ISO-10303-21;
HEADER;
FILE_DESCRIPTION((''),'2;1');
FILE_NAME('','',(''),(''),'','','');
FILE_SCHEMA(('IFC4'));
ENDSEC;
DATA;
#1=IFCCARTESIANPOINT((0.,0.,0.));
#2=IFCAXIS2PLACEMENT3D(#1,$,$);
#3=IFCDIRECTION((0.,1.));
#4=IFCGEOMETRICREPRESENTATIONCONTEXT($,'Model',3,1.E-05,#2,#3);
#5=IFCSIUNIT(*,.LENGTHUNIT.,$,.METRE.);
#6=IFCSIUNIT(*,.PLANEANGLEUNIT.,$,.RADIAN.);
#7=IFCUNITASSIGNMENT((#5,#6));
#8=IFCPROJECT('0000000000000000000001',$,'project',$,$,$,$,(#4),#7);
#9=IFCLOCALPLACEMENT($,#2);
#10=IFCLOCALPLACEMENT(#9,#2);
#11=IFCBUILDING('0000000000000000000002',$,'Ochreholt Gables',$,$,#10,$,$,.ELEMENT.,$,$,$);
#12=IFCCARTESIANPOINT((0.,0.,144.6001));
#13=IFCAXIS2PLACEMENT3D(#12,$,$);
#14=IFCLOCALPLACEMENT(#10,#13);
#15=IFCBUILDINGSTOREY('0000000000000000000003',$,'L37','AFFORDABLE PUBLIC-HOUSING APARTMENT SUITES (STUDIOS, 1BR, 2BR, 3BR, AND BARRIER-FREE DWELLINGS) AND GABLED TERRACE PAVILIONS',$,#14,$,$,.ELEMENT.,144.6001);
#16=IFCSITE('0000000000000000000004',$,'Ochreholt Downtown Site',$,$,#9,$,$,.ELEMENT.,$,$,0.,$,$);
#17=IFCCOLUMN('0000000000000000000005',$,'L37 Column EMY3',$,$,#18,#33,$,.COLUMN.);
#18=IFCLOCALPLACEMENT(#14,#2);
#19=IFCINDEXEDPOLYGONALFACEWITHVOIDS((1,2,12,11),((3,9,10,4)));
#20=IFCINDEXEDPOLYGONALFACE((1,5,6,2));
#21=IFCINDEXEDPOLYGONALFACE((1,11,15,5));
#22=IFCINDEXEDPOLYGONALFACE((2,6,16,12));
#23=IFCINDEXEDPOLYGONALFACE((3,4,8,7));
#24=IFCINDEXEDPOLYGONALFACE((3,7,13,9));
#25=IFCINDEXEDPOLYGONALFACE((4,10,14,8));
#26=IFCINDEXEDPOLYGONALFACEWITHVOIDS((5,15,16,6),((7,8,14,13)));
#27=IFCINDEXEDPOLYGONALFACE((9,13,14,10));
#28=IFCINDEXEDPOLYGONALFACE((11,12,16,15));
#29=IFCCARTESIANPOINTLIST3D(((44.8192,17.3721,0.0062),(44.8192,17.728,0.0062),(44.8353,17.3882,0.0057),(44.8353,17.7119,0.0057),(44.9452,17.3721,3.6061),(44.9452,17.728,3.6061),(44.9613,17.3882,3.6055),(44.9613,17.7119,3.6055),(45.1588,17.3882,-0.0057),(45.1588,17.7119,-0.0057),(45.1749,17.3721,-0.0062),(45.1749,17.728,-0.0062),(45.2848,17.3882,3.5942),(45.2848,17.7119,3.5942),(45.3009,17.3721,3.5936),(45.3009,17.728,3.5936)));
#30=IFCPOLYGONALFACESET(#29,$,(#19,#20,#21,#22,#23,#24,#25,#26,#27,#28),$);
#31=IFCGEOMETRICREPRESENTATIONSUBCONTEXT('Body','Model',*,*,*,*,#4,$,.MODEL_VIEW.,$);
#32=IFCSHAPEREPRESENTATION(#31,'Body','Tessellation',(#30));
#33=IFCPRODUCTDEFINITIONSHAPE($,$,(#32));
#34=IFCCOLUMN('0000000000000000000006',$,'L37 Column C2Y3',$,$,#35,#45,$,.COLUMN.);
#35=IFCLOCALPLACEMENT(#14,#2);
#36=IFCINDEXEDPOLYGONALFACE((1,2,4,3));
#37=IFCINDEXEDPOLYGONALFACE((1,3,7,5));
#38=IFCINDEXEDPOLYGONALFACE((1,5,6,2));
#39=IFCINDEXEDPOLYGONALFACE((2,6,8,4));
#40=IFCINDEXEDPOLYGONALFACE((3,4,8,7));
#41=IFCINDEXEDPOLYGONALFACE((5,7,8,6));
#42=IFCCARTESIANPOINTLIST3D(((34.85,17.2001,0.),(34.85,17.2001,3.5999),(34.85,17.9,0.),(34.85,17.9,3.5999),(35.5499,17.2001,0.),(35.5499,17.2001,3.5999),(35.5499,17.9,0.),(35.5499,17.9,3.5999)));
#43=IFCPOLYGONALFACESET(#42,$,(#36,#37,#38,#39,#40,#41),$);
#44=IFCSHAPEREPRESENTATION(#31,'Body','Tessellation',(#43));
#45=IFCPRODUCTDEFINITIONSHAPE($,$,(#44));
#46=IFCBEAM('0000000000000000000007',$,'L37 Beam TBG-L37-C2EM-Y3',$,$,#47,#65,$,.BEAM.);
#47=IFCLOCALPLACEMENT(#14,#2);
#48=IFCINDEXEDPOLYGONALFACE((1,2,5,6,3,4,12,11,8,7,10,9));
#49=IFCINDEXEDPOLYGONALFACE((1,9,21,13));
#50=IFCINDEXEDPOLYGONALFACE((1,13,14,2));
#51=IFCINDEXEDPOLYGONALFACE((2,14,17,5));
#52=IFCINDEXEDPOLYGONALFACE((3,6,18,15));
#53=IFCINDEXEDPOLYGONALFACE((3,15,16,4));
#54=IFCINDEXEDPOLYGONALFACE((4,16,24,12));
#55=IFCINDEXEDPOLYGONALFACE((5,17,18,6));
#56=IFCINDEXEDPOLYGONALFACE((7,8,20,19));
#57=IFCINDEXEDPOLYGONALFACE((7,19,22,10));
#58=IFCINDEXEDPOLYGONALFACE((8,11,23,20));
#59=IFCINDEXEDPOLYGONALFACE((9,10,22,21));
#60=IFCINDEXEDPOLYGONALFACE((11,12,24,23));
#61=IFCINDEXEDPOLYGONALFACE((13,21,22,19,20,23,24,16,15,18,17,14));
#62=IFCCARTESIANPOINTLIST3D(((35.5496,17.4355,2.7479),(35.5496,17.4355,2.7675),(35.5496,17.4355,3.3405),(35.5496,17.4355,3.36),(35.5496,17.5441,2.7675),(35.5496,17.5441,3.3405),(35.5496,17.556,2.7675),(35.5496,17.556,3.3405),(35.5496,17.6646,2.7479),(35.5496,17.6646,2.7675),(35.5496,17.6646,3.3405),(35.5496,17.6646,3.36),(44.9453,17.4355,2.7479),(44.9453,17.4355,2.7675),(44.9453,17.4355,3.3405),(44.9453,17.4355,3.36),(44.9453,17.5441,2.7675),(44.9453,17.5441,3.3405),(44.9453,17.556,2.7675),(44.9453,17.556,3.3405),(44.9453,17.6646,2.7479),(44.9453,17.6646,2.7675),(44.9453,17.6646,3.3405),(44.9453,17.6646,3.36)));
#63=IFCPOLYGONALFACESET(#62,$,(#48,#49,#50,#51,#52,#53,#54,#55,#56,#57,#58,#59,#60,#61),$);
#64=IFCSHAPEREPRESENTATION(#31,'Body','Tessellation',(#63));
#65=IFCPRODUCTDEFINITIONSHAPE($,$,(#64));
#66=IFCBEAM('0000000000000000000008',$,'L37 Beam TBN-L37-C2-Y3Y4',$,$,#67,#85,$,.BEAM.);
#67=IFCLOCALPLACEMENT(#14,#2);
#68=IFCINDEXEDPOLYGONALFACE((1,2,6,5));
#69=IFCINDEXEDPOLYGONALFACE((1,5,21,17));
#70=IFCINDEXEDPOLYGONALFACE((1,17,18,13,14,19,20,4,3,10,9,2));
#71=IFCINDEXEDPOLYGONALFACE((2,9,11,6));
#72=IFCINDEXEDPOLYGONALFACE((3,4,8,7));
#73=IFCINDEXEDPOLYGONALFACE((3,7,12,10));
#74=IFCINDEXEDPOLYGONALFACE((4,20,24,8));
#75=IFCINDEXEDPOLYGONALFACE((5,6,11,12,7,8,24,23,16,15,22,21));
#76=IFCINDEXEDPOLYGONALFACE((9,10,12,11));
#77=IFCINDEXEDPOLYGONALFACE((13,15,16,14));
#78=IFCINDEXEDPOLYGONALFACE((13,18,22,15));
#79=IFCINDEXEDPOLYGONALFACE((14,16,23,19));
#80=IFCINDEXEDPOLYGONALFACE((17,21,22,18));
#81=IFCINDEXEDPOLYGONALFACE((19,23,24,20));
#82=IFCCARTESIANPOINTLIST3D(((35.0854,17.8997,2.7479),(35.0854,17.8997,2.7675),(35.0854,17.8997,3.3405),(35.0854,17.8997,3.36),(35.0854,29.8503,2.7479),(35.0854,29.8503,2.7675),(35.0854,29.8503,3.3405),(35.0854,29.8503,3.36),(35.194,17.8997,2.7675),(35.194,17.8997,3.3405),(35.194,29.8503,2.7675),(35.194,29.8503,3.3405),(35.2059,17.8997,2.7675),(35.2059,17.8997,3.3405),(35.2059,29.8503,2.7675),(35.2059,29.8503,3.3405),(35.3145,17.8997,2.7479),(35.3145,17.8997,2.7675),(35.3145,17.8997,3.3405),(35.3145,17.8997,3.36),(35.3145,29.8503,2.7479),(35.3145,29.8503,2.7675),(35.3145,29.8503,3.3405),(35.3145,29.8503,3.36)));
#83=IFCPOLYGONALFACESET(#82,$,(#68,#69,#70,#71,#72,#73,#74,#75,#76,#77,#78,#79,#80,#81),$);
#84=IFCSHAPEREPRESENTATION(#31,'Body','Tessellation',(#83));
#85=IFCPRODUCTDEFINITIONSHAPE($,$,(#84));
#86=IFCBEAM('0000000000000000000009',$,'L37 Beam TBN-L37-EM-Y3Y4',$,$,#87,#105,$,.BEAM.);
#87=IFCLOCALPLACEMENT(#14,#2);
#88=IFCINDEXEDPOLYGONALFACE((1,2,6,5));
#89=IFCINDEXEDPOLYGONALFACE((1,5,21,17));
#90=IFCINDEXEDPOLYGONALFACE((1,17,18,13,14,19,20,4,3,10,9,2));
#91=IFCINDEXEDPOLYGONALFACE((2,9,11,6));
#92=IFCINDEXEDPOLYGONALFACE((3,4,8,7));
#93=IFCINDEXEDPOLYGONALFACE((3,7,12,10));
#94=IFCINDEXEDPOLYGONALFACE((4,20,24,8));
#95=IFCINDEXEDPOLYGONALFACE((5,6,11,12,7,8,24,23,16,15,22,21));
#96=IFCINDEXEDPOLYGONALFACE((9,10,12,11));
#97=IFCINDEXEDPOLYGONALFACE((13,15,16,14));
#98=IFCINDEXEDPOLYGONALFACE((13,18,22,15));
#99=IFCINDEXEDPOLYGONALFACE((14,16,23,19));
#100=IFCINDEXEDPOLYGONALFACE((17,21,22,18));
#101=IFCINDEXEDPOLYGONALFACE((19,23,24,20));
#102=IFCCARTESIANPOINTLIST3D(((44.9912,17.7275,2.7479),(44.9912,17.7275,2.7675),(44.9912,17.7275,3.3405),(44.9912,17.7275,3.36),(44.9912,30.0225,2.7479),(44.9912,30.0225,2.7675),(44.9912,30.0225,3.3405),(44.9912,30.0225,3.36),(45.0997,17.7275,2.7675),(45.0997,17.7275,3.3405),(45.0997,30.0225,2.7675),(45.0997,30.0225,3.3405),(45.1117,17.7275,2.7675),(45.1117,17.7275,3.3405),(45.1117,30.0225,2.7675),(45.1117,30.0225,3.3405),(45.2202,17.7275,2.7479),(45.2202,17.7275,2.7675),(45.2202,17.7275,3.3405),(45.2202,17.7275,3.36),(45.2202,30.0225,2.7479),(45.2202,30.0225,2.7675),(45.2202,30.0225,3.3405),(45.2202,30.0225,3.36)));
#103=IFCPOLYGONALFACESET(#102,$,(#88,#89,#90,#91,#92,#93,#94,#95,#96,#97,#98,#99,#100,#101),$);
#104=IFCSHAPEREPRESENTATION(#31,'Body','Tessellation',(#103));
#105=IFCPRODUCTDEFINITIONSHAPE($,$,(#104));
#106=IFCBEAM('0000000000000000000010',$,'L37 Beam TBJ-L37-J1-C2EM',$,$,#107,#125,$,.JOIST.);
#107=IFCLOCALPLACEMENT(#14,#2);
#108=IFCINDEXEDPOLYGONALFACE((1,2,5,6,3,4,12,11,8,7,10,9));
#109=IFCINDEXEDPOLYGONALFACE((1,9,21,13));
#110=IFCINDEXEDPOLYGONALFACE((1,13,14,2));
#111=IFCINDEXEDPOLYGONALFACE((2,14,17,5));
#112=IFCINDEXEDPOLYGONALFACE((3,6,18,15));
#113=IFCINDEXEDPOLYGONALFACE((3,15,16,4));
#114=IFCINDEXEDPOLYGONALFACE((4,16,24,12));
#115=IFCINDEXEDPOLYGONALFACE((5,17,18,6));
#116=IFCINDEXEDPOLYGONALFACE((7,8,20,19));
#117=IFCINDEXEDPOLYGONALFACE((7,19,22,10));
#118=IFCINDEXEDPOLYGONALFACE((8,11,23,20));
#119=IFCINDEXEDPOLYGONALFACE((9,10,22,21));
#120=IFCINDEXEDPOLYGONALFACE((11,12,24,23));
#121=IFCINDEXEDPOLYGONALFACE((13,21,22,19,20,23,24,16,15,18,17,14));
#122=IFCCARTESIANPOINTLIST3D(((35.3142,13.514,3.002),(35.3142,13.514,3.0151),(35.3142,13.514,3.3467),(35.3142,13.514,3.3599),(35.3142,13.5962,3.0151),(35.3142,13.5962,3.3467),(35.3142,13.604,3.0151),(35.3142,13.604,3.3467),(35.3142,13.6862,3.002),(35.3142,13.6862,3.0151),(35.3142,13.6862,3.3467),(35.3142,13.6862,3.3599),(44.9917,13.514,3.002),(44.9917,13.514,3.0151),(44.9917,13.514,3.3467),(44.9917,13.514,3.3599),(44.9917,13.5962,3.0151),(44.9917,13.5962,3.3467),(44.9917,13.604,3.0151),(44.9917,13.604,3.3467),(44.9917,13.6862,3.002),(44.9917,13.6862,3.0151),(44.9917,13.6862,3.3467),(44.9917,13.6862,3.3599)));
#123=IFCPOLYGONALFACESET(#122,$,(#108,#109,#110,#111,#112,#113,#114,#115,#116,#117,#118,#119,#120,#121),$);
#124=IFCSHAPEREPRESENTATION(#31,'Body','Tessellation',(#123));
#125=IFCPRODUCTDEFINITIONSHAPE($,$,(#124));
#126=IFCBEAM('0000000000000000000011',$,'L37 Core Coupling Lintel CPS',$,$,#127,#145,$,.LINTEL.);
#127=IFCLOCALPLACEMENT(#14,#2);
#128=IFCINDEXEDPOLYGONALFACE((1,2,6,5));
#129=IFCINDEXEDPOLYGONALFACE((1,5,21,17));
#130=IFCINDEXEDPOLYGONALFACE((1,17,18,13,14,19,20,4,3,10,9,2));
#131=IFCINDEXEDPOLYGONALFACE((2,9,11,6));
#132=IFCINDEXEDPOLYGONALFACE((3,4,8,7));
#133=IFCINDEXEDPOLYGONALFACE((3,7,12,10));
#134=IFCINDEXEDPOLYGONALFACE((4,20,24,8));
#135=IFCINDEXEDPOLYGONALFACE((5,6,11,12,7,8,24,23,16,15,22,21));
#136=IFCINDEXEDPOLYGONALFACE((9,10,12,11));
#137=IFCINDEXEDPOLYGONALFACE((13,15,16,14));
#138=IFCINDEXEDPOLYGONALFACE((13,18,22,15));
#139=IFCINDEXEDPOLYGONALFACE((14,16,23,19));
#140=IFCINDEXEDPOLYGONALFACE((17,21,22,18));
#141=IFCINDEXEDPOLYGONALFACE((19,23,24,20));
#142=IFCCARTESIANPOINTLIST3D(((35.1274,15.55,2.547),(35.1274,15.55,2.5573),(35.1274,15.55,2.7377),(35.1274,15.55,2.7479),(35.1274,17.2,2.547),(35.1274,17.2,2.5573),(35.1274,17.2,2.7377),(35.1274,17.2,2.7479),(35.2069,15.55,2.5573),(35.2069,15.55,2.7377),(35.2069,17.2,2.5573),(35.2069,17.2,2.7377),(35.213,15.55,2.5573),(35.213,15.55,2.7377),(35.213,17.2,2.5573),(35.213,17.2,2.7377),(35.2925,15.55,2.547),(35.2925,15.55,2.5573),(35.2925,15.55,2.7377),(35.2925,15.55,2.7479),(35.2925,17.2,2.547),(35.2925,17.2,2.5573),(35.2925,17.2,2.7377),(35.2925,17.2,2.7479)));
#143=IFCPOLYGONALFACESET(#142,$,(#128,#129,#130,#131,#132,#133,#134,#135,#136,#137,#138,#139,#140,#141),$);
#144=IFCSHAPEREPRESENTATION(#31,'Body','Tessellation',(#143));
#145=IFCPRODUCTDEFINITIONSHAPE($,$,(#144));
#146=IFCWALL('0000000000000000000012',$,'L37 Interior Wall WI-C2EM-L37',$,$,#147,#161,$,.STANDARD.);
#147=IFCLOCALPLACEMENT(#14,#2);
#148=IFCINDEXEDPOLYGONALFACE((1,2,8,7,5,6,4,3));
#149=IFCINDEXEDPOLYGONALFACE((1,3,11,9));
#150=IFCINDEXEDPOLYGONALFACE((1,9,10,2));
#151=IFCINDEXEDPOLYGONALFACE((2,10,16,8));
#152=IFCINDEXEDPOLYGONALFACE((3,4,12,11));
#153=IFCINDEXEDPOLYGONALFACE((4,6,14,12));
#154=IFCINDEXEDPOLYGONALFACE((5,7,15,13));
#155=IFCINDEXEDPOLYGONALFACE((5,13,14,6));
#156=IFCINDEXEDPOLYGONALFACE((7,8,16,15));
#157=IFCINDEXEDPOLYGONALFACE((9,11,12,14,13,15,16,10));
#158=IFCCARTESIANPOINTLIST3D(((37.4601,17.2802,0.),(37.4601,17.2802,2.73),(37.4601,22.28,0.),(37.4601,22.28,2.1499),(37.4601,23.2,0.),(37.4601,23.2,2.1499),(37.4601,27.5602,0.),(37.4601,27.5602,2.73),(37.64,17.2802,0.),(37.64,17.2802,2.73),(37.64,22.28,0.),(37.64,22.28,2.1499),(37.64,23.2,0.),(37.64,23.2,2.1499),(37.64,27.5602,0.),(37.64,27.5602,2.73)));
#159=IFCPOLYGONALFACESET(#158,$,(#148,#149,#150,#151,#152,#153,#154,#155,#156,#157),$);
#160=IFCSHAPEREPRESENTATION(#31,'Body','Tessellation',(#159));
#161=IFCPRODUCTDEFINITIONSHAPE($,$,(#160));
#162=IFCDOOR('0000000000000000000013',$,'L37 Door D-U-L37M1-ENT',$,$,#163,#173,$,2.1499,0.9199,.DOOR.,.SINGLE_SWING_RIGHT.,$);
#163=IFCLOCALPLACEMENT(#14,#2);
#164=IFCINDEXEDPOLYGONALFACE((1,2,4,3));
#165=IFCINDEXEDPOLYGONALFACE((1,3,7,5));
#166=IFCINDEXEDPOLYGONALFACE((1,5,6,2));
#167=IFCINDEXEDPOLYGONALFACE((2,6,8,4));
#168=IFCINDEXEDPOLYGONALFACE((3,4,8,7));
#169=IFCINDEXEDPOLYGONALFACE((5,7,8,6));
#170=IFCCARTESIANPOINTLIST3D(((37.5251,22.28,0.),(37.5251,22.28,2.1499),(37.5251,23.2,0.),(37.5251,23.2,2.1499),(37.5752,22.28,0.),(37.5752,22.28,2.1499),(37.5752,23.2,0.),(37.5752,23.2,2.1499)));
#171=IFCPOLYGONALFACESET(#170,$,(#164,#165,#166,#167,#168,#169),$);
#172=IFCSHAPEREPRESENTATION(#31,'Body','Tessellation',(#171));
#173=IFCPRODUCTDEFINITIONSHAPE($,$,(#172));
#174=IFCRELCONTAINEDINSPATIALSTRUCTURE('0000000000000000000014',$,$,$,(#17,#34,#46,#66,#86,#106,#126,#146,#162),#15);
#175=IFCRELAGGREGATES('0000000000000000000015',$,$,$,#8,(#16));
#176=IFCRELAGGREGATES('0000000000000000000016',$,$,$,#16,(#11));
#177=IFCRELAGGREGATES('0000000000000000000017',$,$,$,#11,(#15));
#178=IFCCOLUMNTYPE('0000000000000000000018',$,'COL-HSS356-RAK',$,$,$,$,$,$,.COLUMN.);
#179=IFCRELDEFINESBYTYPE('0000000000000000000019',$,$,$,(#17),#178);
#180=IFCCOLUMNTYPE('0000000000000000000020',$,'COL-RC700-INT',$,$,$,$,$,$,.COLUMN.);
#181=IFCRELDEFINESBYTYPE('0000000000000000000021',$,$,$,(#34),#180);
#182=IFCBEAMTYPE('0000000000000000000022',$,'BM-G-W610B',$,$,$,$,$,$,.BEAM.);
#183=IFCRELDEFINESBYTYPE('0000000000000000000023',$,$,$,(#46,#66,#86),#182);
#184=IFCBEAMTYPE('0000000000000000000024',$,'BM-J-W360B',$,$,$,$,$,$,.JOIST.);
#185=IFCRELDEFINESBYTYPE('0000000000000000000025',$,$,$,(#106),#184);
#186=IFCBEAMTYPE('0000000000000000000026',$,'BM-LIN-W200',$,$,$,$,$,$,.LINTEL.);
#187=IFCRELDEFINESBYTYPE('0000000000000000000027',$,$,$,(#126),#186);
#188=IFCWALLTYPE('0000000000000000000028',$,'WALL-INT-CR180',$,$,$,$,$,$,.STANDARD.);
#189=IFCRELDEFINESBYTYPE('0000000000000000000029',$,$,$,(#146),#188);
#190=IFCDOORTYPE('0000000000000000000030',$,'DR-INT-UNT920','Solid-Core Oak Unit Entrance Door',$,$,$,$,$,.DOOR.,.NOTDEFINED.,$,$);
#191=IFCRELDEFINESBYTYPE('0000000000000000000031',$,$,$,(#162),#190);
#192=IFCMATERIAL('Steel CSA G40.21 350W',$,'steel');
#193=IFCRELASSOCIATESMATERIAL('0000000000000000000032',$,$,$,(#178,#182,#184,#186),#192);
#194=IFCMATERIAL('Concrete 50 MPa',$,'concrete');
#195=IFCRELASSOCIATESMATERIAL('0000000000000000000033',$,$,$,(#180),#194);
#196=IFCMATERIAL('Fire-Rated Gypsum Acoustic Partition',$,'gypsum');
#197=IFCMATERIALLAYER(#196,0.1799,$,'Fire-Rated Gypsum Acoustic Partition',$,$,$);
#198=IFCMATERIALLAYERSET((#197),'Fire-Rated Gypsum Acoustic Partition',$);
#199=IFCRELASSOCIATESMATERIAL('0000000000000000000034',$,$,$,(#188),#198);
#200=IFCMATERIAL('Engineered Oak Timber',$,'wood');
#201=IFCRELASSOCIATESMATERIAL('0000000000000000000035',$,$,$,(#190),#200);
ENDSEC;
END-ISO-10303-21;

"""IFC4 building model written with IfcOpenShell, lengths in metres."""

from ifc_helpers import new_model, si_unit, direction, frame, frame_2d, origin, origin_2d, place, context, subcontext, project, spatial, rectangle, hollow_rectangle, i_section, extrude, material, layer, layer_set, material_profile, profile_set, type_object, element, fill, save


model = new_model("IFC4")

# Units and contexts
model_context = context("Model", 3, precision=1e-05, world=origin(), true_north=direction((0.0, 1.0)))
body_context = subcontext(model_context, "Body", "Model", "MODEL_VIEW")
ifc_project = project(units=[si_unit("LENGTHUNIT", "METRE"), si_unit("PLANEANGLEUNIT", "RADIAN")], contexts=[model_context])

# Site, building, storey
site_placement = place(None, origin())
site = spatial("IfcSite", under=ifc_project, at=site_placement, Name="Ochreholt Downtown Site", CompositionType="ELEMENT", RefElevation=0.0)
building_placement = place(site_placement, origin())
building = spatial("IfcBuilding", under=site, at=building_placement, Name="Ochreholt Gables", CompositionType="ELEMENT")
storey_placement = place(building_placement, frame((0.0, 0.0, 144.6001)))
storey = spatial("IfcBuildingStorey", under=building, at=storey_placement, Name="L37", Description="AFFORDABLE PUBLIC-HOUSING APARTMENT SUITES (STUDIOS, 1BR, 2BR, 3BR, AND BARRIER-FREE DWELLINGS) AND GABLED TERRACE PAVILIONS", CompositionType="ELEMENT", Elevation=144.6001)

# Columns
ifc_material_1 = material(Name="Steel CSA G40.21 350W", Category="steel")
ifc_material_profile_1 = material_profile(ifc_material_1, hollow_rectangle(XDim=0.356, YDim=0.356, WallThickness=0.0161, at=origin_2d()), Name="HSS356X356X16")
ifc_profile_set_1 = profile_set([ifc_material_profile_1], Name="Steel CSA G40.21 350W")
column_type_1 = type_object("IfcColumnType", Name="COL-HSS356-RAK", PredefinedType="COLUMN", material=ifc_profile_set_1)
column_1_placement = place(storey_placement, frame((44.9971, 17.55, 0.0), z_axis=(0.034974, 0.0, 0.999388), x_axis=(0.0, 1.0, 0.0)))
element("IfcColumn", 1, at=column_1_placement, inside=storey, type_object=column_type_1, Name="L37 Column EMY3", PredefinedType="COLUMN", context=body_context, shape_type="SweptSolid", body=[
    extrude(hollow_rectangle(XDim=0.356, YDim=0.356, WallThickness=0.0161, at=origin_2d()), origin(), (0.0, 0.0, 1.0), 3.6021),
])
ifc_material_2 = material(Name="Concrete 50 MPa", Category="concrete")
ifc_material_profile_2 = material_profile(ifc_material_2, rectangle(XDim=0.7, YDim=0.7, at=origin_2d()), Name="RC700X700")
ifc_profile_set_2 = profile_set([ifc_material_profile_2], Name="Concrete 50 MPa")
column_type_2 = type_object("IfcColumnType", Name="COL-RC700-INT", PredefinedType="COLUMN", material=ifc_profile_set_2)
column_2_placement = place(storey_placement, frame((35.2, 17.55, 0.0), z_axis=(0.0, 0.0, 1.0), x_axis=(1.0, 0.0, 0.0)))
element("IfcColumn", 2, at=column_2_placement, inside=storey, type_object=column_type_2, Name="L37 Column C2Y3", PredefinedType="COLUMN", context=body_context, shape_type="SweptSolid", body=[
    extrude(rectangle(XDim=0.7, YDim=0.7, at=origin_2d()), origin(), (0.0, 0.0, 1.0), 3.5999),
])

# Beams
ifc_material_profile_3 = material_profile(ifc_material_1, i_section(OverallWidth=0.229, OverallDepth=0.6121, WebThickness=0.012, FlangeThickness=0.0195, at=origin_2d()), Name="W610X125")
ifc_profile_set_3 = profile_set([ifc_material_profile_3], Name="Steel CSA G40.21 350W")
beam_type_1 = type_object("IfcBeamType", Name="BM-G-W610B", PredefinedType="BEAM", material=ifc_profile_set_3)
beam_1_placement = place(storey_placement, frame((35.5496, 17.55, 3.054), z_axis=(1.0, 0.0, 0.0), x_axis=(0.0, 1.0, 0.0)))
element("IfcBeam", 3, at=beam_1_placement, inside=storey, type_object=beam_type_1, Name="L37 Beam TBG-L37-C2EM-Y3", PredefinedType="BEAM", context=body_context, shape_type="SweptSolid", body=[
    extrude(i_section(OverallWidth=0.229, OverallDepth=0.6121, WebThickness=0.012, FlangeThickness=0.0195, at=origin_2d()), origin(), (0.0, 0.0, 1.0), 9.3958),
])
beam_2_placement = place(storey_placement, frame((35.2, 17.8997, 3.054), z_axis=(0.0, 1.0, 0.0), x_axis=(-1.0, 0.0, 0.0)))
element("IfcBeam", 4, at=beam_2_placement, inside=storey, type_object=beam_type_1, Name="L37 Beam TBN-L37-C2-Y3Y4", PredefinedType="BEAM", context=body_context, shape_type="SweptSolid", body=[
    extrude(i_section(OverallWidth=0.229, OverallDepth=0.6121, WebThickness=0.012, FlangeThickness=0.0195, at=origin_2d()), origin(), (0.0, 0.0, 1.0), 11.9507),
])
beam_3_placement = place(storey_placement, frame((45.1057, 17.7275, 3.054), z_axis=(0.0, 1.0, 0.0), x_axis=(-1.0, 0.0, 0.0)))
element("IfcBeam", 5, at=beam_3_placement, inside=storey, type_object=beam_type_1, Name="L37 Beam TBN-L37-EM-Y3Y4", PredefinedType="BEAM", context=body_context, shape_type="SweptSolid", body=[
    extrude(i_section(OverallWidth=0.229, OverallDepth=0.6121, WebThickness=0.012, FlangeThickness=0.0195, at=origin_2d()), origin(), (0.0, 0.0, 1.0), 12.2949),
])
ifc_material_profile_4 = material_profile(ifc_material_1, i_section(OverallWidth=0.1721, OverallDepth=0.3579, WebThickness=0.0078, FlangeThickness=0.0132, at=origin_2d()), Name="W360X57")
ifc_profile_set_4 = profile_set([ifc_material_profile_4], Name="Steel CSA G40.21 350W")
beam_type_2 = type_object("IfcBeamType", Name="BM-J-W360B", PredefinedType="JOIST", material=ifc_profile_set_4)
beam_4_placement = place(storey_placement, frame((35.3142, 13.6001, 3.1809), z_axis=(1.0, 0.0, 0.0), x_axis=(0.0, 1.0, 0.0)))
element("IfcBeam", 6, at=beam_4_placement, inside=storey, type_object=beam_type_2, Name="L37 Beam TBJ-L37-J1-C2EM", PredefinedType="JOIST", context=body_context, shape_type="SweptSolid", body=[
    extrude(i_section(OverallWidth=0.1721, OverallDepth=0.3579, WebThickness=0.0078, FlangeThickness=0.0132, at=origin_2d()), origin(), (0.0, 0.0, 1.0), 9.6775),
])
ifc_material_profile_5 = material_profile(ifc_material_1, i_section(OverallWidth=0.165, OverallDepth=0.2009, WebThickness=0.0061, FlangeThickness=0.0103, at=origin_2d()), Name="W200X36")
ifc_profile_set_5 = profile_set([ifc_material_profile_5], Name="Steel CSA G40.21 350W")
beam_type_3 = type_object("IfcBeamType", Name="BM-LIN-W200", PredefinedType="LINTEL", material=ifc_profile_set_5)
beam_5_placement = place(storey_placement, frame((35.21, 15.55, 2.6475), z_axis=(0.0, 1.0, 0.0), x_axis=(-1.0, 0.0, 0.0)))
element("IfcBeam", 7, at=beam_5_placement, inside=storey, type_object=beam_type_3, Name="L37 Core Coupling Lintel CPS", PredefinedType="LINTEL", context=body_context, shape_type="SweptSolid", body=[
    extrude(i_section(OverallWidth=0.165, OverallDepth=0.2009, WebThickness=0.0061, FlangeThickness=0.0103, at=origin_2d()), origin(), (0.0, 0.0, 1.0), 1.6499),
])

# Wall, opening, door
ifc_material_3 = material(Name="Fire-Rated Gypsum Acoustic Partition", Category="gypsum")
ifc_layer_1 = layer(ifc_material_3, 0.1799, Name="Fire-Rated Gypsum Acoustic Partition")
ifc_layer_set_1 = layer_set([ifc_layer_1], Name="Fire-Rated Gypsum Acoustic Partition")
wall_type_1 = type_object("IfcWallType", Name="WALL-INT-CR180", PredefinedType="STANDARD", material=ifc_layer_set_1)
wall_1_placement = place(storey_placement, frame((37.55, 17.28, 0.0), z_axis=(0.0, 0.0, 1.0), x_axis=(0.0, 1.0, 0.0)))
wall_1 = element("IfcWall", 8, at=wall_1_placement, inside=storey, type_object=wall_type_1, Name="L37 Interior Wall WI-C2EM-L37", PredefinedType="STANDARD", context=body_context, shape_type="SweptSolid", body=[
    extrude(rectangle(XDim=10.28, YDim=0.1799, at=frame_2d((5.1401, 0.0))), origin(), (0.0, 0.0, 1.0), 2.73),
])
opening_1_placement = place(wall_1_placement, frame((5.0, 0.0, 0.0)))
opening_1 = element("IfcOpeningElement", 9, at=opening_1_placement, cuts=wall_1, PredefinedType="OPENING", context=body_context, shape_type="SweptSolid", body=[
    extrude(rectangle(XDim=0.9199, YDim=2.1499, at=frame_2d((0.46, 1.075))), frame((0.0, 0.0999, 0.0), z_axis=(0.0, -1.0, 0.0), x_axis=(1.0, 0.0, 0.0)), (0.0, 0.0, 1.0), 0.2),
])
ifc_material_4 = material(Name="Engineered Oak Timber", Category="wood")
door_type_1 = type_object("IfcDoorType", Name="DR-INT-UNT920", Description="Solid-Core Oak Unit Entrance Door", OperationType="NOTDEFINED", PredefinedType="DOOR", material=ifc_material_4)
door_1_placement = place(opening_1_placement, origin())
door_1 = element("IfcDoor", 10, at=door_1_placement, inside=storey, type_object=door_type_1, Name="L37 Door D-U-L37M1-ENT", OperationType="SINGLE_SWING_RIGHT", OverallHeight=2.1499, OverallWidth=0.9199, PredefinedType="DOOR", context=body_context, shape_type="SweptSolid", body=[
    extrude(rectangle(XDim=0.9199, YDim=2.1499, at=frame_2d((0.46, 1.075))), frame((0.0, 0.0249, 0.0), z_axis=(0.0, -1.0, 0.0), x_axis=(1.0, 0.0, 0.0)), (0.0, 0.0, 1.0), 0.05),
])
fill(opening_1, door_1)

save(model, "model.ifc")
